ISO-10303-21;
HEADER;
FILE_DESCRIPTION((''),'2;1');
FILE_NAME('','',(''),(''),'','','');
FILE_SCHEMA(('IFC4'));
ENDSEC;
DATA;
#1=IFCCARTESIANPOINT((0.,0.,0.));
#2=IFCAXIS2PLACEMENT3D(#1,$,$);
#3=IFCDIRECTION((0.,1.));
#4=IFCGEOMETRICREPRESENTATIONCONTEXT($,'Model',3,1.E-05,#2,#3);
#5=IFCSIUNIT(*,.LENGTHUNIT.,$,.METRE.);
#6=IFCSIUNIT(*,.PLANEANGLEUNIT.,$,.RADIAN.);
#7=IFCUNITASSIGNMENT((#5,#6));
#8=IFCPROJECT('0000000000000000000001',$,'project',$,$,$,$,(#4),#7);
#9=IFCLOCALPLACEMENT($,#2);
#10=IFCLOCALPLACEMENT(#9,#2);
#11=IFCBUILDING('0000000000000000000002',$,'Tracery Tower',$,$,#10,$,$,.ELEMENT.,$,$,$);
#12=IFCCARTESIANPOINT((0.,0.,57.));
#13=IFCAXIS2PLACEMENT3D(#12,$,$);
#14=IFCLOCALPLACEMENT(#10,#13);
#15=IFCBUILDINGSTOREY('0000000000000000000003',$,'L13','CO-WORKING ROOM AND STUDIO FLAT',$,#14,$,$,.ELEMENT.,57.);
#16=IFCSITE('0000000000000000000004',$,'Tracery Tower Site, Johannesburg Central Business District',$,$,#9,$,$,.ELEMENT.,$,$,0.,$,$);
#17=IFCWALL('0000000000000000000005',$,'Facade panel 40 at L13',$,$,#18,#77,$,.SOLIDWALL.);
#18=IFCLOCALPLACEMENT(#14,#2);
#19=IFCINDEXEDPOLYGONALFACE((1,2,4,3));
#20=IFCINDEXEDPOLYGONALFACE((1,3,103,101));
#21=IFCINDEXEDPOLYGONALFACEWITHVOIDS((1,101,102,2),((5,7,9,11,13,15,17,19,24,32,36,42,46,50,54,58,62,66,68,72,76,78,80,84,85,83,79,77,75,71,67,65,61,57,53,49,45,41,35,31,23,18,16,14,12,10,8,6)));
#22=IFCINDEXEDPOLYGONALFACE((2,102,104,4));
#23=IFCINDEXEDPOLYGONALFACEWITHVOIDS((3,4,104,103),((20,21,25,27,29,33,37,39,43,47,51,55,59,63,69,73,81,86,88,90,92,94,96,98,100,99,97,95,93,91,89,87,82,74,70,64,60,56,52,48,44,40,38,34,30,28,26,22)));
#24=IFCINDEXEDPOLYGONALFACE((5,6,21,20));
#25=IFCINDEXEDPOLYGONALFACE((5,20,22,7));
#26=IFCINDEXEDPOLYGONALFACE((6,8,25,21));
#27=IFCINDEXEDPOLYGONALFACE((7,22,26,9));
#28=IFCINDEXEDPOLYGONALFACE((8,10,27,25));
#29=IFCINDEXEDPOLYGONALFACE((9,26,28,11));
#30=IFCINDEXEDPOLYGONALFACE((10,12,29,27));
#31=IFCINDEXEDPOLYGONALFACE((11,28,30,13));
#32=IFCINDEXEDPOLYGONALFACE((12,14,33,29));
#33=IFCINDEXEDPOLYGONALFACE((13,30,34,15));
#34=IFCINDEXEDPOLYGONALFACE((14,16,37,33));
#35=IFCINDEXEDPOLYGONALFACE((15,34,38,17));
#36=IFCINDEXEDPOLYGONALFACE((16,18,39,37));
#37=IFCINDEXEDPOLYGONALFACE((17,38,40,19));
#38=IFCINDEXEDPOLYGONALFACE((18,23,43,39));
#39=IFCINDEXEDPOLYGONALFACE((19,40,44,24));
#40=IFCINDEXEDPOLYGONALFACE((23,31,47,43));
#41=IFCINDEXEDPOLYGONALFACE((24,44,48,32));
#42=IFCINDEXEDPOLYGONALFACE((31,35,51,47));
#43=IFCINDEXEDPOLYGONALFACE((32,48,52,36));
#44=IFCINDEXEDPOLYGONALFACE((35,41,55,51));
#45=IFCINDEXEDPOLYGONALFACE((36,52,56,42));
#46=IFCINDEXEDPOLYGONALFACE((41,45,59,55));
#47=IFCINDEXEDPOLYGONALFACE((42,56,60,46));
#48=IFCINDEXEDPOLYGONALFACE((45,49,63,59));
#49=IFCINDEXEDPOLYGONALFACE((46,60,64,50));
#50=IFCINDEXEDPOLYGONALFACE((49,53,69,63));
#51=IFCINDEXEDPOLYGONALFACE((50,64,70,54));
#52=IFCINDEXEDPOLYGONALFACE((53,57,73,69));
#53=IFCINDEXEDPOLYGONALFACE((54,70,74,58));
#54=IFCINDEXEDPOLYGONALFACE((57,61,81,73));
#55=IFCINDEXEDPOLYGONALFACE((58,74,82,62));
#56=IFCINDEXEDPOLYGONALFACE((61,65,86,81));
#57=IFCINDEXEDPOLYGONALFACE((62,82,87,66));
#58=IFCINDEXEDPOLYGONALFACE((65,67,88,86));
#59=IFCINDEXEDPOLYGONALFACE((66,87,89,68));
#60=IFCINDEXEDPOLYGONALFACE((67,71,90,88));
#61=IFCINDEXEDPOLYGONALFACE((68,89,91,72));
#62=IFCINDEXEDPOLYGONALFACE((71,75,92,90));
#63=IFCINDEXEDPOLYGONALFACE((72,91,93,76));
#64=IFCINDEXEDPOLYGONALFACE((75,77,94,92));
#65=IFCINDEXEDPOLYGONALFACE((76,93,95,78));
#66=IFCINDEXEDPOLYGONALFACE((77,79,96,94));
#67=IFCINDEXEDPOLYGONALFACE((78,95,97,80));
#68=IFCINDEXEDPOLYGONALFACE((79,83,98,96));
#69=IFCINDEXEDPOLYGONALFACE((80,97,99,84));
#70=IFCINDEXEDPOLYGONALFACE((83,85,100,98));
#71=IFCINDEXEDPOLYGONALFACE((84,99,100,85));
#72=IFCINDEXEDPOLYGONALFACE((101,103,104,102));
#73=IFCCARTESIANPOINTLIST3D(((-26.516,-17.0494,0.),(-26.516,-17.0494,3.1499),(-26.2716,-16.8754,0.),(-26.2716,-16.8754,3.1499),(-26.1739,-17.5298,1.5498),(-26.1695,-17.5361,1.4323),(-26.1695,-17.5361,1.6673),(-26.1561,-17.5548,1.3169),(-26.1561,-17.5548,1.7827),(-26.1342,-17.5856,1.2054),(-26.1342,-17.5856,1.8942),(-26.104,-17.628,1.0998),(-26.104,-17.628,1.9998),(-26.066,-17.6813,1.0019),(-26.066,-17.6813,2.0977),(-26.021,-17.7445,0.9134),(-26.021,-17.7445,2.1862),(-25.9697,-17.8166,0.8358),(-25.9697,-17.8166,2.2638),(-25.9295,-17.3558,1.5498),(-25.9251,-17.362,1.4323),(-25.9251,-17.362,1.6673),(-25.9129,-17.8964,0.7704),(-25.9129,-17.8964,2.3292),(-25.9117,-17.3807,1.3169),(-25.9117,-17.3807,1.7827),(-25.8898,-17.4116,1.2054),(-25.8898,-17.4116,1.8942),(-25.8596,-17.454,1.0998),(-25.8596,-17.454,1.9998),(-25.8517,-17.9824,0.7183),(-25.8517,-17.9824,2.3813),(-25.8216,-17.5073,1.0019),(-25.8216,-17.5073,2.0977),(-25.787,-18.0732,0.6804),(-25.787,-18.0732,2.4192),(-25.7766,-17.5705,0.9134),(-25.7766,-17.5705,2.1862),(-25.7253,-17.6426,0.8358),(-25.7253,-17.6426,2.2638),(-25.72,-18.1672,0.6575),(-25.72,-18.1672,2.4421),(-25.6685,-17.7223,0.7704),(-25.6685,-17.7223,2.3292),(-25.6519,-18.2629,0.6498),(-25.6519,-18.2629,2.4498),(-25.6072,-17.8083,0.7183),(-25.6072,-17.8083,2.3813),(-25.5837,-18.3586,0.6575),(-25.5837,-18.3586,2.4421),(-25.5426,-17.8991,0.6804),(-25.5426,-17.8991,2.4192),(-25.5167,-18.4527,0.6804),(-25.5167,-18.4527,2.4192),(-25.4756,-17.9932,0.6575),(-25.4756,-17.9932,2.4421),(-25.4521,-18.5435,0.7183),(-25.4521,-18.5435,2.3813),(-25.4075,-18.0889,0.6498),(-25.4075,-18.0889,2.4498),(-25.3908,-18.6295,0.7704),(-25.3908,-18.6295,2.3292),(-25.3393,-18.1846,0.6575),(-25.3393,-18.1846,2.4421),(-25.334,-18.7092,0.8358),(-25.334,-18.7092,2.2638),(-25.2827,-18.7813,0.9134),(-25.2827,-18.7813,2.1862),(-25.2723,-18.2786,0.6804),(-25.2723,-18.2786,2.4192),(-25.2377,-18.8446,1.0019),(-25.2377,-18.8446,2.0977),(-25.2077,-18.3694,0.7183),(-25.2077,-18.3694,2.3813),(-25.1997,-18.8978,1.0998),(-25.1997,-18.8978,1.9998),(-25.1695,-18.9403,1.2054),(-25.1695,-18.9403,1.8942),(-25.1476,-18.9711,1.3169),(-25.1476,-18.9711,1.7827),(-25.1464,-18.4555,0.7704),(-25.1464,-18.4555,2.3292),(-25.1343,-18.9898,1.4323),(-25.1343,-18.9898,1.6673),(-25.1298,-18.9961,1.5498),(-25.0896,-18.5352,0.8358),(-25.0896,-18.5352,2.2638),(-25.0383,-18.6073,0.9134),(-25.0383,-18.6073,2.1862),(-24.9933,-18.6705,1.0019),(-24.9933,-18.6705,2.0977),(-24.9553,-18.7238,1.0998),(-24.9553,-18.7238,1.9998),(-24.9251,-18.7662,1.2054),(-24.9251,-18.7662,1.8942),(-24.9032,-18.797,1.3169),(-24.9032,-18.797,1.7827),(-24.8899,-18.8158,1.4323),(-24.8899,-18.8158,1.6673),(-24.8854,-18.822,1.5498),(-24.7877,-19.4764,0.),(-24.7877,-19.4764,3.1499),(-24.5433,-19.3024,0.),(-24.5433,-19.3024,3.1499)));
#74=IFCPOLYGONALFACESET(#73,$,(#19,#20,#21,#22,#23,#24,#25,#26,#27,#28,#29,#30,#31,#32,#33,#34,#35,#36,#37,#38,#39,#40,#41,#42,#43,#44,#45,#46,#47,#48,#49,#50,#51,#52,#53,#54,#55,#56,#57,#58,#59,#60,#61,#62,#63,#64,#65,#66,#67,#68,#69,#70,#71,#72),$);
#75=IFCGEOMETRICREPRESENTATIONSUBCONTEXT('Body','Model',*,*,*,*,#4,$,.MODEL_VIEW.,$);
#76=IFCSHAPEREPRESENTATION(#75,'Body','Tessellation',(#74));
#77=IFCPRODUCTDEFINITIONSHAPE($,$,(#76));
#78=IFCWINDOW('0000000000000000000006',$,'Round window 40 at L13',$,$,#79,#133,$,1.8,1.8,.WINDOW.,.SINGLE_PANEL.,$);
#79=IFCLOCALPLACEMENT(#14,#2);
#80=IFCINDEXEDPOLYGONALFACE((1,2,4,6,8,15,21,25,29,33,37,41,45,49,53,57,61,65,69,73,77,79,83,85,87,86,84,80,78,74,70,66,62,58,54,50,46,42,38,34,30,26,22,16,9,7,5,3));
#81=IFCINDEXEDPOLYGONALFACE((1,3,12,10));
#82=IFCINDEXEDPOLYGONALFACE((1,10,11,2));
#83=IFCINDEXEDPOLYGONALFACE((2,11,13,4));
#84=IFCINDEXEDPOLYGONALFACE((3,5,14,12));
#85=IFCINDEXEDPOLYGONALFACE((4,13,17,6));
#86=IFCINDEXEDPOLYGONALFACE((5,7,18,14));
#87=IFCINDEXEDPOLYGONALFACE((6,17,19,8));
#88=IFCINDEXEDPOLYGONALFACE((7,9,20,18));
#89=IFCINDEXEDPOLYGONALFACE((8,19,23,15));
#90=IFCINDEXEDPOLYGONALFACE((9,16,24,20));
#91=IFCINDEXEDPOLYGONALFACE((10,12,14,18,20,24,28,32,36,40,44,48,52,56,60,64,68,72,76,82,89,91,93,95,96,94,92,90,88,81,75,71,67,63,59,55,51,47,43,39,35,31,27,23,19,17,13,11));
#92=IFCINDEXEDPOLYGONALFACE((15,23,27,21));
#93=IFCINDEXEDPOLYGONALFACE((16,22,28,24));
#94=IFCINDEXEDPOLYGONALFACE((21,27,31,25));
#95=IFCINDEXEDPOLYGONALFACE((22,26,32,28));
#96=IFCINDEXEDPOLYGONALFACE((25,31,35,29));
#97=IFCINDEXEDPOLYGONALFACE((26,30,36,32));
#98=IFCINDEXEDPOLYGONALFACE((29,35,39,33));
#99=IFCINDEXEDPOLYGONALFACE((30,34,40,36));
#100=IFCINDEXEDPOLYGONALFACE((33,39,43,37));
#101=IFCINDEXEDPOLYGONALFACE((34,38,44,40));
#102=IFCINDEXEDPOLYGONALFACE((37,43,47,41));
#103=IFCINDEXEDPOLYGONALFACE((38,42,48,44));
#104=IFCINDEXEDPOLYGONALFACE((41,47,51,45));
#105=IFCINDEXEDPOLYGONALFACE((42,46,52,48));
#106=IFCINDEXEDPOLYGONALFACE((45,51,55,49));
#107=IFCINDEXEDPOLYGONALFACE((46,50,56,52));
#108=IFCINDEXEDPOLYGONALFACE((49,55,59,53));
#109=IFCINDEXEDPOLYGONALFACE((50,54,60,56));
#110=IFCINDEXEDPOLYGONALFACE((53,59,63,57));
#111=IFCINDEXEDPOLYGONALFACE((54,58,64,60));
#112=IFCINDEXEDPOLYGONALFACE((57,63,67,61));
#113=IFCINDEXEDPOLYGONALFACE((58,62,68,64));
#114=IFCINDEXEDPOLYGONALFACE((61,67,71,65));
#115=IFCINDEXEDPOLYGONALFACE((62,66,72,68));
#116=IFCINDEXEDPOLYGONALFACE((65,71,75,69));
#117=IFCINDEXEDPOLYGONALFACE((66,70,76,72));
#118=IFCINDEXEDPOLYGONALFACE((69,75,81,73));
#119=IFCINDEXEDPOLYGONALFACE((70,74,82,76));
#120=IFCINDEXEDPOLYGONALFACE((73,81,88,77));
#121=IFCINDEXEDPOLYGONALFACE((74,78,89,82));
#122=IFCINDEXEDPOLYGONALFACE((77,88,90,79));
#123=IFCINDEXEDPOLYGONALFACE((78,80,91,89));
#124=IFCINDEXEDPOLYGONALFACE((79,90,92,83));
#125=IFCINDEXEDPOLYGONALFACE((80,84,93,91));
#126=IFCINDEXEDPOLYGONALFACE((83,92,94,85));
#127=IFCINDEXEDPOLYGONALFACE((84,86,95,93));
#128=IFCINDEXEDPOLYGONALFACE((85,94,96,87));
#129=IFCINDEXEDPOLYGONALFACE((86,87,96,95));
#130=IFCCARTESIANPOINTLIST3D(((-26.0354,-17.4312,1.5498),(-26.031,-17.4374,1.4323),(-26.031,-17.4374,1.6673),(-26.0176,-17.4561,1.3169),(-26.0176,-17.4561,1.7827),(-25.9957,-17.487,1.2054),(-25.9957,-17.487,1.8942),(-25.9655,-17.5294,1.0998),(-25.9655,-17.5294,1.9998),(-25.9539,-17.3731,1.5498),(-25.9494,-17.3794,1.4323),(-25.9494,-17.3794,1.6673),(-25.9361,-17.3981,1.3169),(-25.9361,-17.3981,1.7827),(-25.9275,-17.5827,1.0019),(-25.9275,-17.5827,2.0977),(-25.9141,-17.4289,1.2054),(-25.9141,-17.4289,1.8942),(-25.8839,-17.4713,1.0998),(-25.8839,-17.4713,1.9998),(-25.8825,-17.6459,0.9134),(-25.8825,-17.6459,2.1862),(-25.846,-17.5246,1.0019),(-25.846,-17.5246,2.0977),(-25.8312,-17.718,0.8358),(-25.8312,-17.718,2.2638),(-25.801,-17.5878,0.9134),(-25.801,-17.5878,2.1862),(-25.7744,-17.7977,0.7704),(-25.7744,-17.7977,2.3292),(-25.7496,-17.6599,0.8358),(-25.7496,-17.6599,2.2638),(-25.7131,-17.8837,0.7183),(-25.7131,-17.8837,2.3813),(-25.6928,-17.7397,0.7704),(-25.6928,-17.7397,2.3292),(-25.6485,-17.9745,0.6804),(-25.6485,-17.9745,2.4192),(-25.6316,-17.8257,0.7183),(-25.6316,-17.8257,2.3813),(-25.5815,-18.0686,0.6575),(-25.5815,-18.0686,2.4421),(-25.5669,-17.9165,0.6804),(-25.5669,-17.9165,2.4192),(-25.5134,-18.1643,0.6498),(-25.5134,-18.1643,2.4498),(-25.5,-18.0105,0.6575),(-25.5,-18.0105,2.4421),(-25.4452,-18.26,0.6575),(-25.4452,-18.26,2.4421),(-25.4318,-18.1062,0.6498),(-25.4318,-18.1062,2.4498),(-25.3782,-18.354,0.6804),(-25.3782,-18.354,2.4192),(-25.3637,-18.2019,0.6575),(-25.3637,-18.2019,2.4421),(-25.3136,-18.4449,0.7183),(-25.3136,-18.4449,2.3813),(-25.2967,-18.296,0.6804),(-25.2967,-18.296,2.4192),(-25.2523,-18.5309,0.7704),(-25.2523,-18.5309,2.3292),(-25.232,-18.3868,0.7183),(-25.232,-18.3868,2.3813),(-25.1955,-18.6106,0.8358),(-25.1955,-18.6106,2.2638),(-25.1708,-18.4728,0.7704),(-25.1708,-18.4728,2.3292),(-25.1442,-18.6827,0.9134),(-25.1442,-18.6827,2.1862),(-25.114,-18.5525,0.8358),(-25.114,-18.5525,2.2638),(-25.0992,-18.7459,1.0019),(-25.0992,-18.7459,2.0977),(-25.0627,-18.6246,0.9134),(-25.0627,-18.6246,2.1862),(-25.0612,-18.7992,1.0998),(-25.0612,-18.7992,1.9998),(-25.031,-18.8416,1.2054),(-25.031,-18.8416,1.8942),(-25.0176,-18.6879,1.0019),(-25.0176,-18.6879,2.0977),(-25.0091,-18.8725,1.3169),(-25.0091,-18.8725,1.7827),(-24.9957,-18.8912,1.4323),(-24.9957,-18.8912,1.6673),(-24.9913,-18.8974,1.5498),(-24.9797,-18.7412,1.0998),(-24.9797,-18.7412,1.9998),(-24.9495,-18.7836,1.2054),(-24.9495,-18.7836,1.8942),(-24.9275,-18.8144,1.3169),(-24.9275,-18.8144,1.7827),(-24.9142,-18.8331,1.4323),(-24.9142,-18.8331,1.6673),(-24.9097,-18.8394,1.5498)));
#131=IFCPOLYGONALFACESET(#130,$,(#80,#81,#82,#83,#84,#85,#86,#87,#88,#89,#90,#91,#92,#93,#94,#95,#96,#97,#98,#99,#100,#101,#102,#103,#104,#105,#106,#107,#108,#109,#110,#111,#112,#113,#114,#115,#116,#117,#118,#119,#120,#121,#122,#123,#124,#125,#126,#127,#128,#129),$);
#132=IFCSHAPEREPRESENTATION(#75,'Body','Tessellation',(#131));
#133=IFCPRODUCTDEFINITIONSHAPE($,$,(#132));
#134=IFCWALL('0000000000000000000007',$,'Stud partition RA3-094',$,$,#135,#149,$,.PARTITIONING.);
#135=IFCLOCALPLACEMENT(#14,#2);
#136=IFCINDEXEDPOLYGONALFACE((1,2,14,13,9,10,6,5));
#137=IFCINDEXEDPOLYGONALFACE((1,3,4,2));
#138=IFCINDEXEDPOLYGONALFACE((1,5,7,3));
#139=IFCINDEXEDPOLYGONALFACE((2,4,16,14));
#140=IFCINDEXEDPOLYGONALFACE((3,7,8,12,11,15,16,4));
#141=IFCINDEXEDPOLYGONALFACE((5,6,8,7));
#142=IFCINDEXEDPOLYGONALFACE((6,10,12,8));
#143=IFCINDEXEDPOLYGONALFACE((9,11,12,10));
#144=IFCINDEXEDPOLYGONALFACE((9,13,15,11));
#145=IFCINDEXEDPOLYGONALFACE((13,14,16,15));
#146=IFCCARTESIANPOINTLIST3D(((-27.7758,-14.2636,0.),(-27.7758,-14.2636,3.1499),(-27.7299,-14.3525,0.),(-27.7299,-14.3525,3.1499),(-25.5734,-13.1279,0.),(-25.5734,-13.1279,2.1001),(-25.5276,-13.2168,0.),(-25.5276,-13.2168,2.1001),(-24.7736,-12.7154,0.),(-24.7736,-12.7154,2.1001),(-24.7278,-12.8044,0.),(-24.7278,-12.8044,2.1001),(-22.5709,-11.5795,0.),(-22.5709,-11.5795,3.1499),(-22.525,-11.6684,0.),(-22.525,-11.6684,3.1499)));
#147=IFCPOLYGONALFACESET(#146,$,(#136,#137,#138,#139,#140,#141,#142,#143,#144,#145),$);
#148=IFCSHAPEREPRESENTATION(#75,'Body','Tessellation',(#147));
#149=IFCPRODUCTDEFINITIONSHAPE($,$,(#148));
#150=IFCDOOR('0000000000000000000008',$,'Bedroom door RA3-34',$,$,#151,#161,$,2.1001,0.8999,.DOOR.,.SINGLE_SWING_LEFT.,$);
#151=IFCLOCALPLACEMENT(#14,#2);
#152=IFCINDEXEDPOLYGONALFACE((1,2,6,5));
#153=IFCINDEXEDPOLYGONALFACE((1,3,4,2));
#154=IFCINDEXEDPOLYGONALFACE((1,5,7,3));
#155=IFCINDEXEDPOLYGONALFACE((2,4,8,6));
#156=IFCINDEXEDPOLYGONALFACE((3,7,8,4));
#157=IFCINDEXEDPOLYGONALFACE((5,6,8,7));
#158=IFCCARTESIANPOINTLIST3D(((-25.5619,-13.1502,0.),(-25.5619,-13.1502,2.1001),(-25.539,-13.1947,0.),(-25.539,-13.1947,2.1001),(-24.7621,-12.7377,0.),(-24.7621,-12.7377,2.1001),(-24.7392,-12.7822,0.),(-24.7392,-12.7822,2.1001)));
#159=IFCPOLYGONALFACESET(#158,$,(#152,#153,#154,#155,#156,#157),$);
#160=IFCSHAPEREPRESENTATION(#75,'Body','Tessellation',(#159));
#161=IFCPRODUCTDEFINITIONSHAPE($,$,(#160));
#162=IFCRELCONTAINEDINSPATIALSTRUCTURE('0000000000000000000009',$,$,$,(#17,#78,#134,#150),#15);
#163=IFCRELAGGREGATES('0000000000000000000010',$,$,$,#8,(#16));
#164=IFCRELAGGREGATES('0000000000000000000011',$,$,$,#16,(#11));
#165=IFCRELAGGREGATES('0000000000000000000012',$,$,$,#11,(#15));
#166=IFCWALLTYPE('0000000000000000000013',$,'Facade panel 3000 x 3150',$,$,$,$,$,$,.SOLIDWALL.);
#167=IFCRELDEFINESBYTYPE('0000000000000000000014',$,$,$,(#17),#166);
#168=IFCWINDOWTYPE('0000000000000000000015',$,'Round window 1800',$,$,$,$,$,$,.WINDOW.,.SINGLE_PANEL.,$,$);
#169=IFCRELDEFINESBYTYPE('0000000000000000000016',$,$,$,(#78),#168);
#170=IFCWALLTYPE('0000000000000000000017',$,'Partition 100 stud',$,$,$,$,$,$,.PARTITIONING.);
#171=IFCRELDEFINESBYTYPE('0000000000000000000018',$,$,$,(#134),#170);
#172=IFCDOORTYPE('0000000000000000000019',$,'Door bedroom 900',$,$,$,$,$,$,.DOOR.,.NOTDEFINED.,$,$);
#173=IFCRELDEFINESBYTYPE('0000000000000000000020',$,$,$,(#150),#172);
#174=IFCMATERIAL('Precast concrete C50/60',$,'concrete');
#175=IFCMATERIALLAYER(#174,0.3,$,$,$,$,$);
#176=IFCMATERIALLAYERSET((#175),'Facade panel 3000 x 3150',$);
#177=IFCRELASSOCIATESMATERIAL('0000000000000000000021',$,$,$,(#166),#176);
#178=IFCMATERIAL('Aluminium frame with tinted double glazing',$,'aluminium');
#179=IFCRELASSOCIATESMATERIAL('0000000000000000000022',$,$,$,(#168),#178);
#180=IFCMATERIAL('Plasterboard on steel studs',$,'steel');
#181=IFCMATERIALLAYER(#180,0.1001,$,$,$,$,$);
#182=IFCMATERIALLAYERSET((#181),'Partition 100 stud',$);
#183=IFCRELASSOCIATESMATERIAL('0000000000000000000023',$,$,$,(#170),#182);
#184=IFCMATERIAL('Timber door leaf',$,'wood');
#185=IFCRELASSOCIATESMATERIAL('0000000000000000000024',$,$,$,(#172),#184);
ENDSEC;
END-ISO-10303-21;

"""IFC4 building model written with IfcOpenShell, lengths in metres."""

from ifc_helpers import new_model, si_unit, direction, frame, frame_2d, origin, origin_2d, place, context, subcontext, project, spatial, rectangle, circle, extrude, material, layer, layer_set, type_object, element, fill, save


model = new_model("IFC4")

# Units and contexts
model_context = context("Model", 3, precision=1e-05, world=origin(), true_north=direction((0.0, 1.0)))
body_context = subcontext(model_context, "Body", "Model", "MODEL_VIEW")
ifc_project = project(units=[si_unit("LENGTHUNIT", "METRE"), si_unit("PLANEANGLEUNIT", "RADIAN")], contexts=[model_context])

# Site, building, storey
site_placement = place(None, origin())
site = spatial("IfcSite", under=ifc_project, at=site_placement, Name="Tracery Tower Site, Johannesburg Central Business District", CompositionType="ELEMENT", RefElevation=0.0)
building_placement = place(site_placement, origin())
building = spatial("IfcBuilding", under=site, at=building_placement, Name="Tracery Tower", CompositionType="ELEMENT")
storey_placement = place(building_placement, frame((0.0, 0.0, 57.0)))
storey = spatial("IfcBuildingStorey", under=building, at=storey_placement, Name="L13", Description="CO-WORKING ROOM AND STUDIO FLAT", CompositionType="ELEMENT", Elevation=57.0)

# Wall, opening, window
ifc_material_1 = material(Name="Precast concrete C50/60", Category="concrete")
ifc_layer_1 = layer(ifc_material_1, 0.3)
ifc_layer_set_1 = layer_set([ifc_layer_1], Name="Facade panel 3000 x 3150")
wall_type_1 = type_object("IfcWallType", Name="Facade panel 3000 x 3150", PredefinedType="SOLIDWALL", material=ifc_layer_set_1)
ifc_material_2 = material(Name="Aluminium frame with tinted double glazing", Category="aluminium")
window_type = type_object("IfcWindowType", Name="Round window 1800", PartitioningType="SINGLE_PANEL", PredefinedType="WINDOW", material=ifc_material_2)
wall_1_placement = place(storey_placement, frame((-26.3938, -16.9624, 0.0), z_axis=(0.0, 0.0, 1.0), x_axis=(0.580059, -0.814574, 0.0)))
wall_1 = element("IfcWall", 1, at=wall_1_placement, inside=storey, type_object=wall_type_1, Name="Facade panel 40 at L13", PredefinedType="SOLIDWALL", context=body_context, shape_type="SweptSolid", body=[
    extrude(rectangle(XDim=2.9795, YDim=0.3, at=frame_2d((1.4897, 0.0))), origin(), (0.0, 0.0, 1.0), 3.1499),
])
opening_1_placement = place(wall_1_placement, frame((1.4897, 0.0, 1.5498)))
opening_1 = element("IfcOpeningElement", 2, at=opening_1_placement, cuts=wall_1, PredefinedType="OPENING", context=body_context, shape_type="SweptSolid", body=[
    extrude(circle(Radius=0.9, at=origin_2d()), frame((0.0, 0.1599, 0.0), z_axis=(0.0, -1.0, 0.0), x_axis=(1.0, 0.0, 0.0)), (0.0, 0.0, 1.0), 0.3201),
])
window_1_placement = place(opening_1_placement, origin())
window_1 = element("IfcWindow", 3, at=window_1_placement, inside=storey, type_object=window_type, Name="Round window 40 at L13", OverallHeight=1.8, OverallWidth=1.8, PartitioningType="SINGLE_PANEL", PredefinedType="WINDOW", context=body_context, shape_type="SweptSolid", body=[
    extrude(circle(Radius=0.9, at=origin_2d()), frame((0.0, 0.1201, 0.0), z_axis=(0.0, -1.0, 0.0), x_axis=(1.0, 0.0, 0.0)), (0.0, 0.0, 1.0), 0.1001),
])
fill(opening_1, window_1)

# Wall, opening, door
ifc_material_3 = material(Name="Plasterboard on steel studs", Category="steel")
ifc_layer_2 = layer(ifc_material_3, 0.1001)
ifc_layer_set_2 = layer_set([ifc_layer_2], Name="Partition 100 stud")
wall_type_2 = type_object("IfcWallType", Name="Partition 100 stud", PredefinedType="PARTITIONING", material=ifc_layer_set_2)
wall_2_placement = place(storey_placement, frame((-27.7529, -14.3081, 0.0), z_axis=(0.0, 0.0, 1.0), x_axis=(0.88878, 0.458335, 0.0)))
wall_2 = element("IfcWall", 4, at=wall_2_placement, inside=storey, type_object=wall_type_2, Name="Stud partition RA3-094", PredefinedType="PARTITIONING", context=body_context, shape_type="SweptSolid", body=[
    extrude(rectangle(XDim=5.8562, YDim=0.1001, at=frame_2d((2.9282, 0.0))), origin(), (0.0, 0.0, 1.0), 3.1499),
])
opening_2_placement = place(wall_2_placement, frame((2.478, 0.0, 0.0)))
opening_2 = element("IfcOpeningElement", 5, at=opening_2_placement, cuts=wall_2, PredefinedType="OPENING", context=body_context, shape_type="SweptSolid", body=[
    extrude(rectangle(XDim=0.8999, YDim=2.1001, at=frame_2d((0.45, 1.05))), frame((0.0, 0.05, 0.0), z_axis=(0.0, -1.0, 0.0), x_axis=(1.0, 0.0, 0.0)), (0.0, 0.0, 1.0), 0.1001),
])
ifc_material_4 = material(Name="Timber door leaf", Category="wood")
door_type_1 = type_object("IfcDoorType", Name="Door bedroom 900", OperationType="NOTDEFINED", PredefinedType="DOOR", material=ifc_material_4)
door_1_placement = place(opening_2_placement, origin())
door_1 = element("IfcDoor", 6, at=door_1_placement, inside=storey, type_object=door_type_1, Name="Bedroom door RA3-34", OperationType="SINGLE_SWING_LEFT", OverallHeight=2.1001, OverallWidth=0.8999, PredefinedType="DOOR", context=body_context, shape_type="SweptSolid", body=[
    extrude(rectangle(XDim=0.8999, YDim=2.1001, at=frame_2d((0.45, 1.05))), frame((0.0, 0.0249, 0.0), z_axis=(0.0, -1.0, 0.0), x_axis=(1.0, 0.0, 0.0)), (0.0, 0.0, 1.0), 0.05),
])
fill(opening_2, door_1)

save(model, "model.ifc")
